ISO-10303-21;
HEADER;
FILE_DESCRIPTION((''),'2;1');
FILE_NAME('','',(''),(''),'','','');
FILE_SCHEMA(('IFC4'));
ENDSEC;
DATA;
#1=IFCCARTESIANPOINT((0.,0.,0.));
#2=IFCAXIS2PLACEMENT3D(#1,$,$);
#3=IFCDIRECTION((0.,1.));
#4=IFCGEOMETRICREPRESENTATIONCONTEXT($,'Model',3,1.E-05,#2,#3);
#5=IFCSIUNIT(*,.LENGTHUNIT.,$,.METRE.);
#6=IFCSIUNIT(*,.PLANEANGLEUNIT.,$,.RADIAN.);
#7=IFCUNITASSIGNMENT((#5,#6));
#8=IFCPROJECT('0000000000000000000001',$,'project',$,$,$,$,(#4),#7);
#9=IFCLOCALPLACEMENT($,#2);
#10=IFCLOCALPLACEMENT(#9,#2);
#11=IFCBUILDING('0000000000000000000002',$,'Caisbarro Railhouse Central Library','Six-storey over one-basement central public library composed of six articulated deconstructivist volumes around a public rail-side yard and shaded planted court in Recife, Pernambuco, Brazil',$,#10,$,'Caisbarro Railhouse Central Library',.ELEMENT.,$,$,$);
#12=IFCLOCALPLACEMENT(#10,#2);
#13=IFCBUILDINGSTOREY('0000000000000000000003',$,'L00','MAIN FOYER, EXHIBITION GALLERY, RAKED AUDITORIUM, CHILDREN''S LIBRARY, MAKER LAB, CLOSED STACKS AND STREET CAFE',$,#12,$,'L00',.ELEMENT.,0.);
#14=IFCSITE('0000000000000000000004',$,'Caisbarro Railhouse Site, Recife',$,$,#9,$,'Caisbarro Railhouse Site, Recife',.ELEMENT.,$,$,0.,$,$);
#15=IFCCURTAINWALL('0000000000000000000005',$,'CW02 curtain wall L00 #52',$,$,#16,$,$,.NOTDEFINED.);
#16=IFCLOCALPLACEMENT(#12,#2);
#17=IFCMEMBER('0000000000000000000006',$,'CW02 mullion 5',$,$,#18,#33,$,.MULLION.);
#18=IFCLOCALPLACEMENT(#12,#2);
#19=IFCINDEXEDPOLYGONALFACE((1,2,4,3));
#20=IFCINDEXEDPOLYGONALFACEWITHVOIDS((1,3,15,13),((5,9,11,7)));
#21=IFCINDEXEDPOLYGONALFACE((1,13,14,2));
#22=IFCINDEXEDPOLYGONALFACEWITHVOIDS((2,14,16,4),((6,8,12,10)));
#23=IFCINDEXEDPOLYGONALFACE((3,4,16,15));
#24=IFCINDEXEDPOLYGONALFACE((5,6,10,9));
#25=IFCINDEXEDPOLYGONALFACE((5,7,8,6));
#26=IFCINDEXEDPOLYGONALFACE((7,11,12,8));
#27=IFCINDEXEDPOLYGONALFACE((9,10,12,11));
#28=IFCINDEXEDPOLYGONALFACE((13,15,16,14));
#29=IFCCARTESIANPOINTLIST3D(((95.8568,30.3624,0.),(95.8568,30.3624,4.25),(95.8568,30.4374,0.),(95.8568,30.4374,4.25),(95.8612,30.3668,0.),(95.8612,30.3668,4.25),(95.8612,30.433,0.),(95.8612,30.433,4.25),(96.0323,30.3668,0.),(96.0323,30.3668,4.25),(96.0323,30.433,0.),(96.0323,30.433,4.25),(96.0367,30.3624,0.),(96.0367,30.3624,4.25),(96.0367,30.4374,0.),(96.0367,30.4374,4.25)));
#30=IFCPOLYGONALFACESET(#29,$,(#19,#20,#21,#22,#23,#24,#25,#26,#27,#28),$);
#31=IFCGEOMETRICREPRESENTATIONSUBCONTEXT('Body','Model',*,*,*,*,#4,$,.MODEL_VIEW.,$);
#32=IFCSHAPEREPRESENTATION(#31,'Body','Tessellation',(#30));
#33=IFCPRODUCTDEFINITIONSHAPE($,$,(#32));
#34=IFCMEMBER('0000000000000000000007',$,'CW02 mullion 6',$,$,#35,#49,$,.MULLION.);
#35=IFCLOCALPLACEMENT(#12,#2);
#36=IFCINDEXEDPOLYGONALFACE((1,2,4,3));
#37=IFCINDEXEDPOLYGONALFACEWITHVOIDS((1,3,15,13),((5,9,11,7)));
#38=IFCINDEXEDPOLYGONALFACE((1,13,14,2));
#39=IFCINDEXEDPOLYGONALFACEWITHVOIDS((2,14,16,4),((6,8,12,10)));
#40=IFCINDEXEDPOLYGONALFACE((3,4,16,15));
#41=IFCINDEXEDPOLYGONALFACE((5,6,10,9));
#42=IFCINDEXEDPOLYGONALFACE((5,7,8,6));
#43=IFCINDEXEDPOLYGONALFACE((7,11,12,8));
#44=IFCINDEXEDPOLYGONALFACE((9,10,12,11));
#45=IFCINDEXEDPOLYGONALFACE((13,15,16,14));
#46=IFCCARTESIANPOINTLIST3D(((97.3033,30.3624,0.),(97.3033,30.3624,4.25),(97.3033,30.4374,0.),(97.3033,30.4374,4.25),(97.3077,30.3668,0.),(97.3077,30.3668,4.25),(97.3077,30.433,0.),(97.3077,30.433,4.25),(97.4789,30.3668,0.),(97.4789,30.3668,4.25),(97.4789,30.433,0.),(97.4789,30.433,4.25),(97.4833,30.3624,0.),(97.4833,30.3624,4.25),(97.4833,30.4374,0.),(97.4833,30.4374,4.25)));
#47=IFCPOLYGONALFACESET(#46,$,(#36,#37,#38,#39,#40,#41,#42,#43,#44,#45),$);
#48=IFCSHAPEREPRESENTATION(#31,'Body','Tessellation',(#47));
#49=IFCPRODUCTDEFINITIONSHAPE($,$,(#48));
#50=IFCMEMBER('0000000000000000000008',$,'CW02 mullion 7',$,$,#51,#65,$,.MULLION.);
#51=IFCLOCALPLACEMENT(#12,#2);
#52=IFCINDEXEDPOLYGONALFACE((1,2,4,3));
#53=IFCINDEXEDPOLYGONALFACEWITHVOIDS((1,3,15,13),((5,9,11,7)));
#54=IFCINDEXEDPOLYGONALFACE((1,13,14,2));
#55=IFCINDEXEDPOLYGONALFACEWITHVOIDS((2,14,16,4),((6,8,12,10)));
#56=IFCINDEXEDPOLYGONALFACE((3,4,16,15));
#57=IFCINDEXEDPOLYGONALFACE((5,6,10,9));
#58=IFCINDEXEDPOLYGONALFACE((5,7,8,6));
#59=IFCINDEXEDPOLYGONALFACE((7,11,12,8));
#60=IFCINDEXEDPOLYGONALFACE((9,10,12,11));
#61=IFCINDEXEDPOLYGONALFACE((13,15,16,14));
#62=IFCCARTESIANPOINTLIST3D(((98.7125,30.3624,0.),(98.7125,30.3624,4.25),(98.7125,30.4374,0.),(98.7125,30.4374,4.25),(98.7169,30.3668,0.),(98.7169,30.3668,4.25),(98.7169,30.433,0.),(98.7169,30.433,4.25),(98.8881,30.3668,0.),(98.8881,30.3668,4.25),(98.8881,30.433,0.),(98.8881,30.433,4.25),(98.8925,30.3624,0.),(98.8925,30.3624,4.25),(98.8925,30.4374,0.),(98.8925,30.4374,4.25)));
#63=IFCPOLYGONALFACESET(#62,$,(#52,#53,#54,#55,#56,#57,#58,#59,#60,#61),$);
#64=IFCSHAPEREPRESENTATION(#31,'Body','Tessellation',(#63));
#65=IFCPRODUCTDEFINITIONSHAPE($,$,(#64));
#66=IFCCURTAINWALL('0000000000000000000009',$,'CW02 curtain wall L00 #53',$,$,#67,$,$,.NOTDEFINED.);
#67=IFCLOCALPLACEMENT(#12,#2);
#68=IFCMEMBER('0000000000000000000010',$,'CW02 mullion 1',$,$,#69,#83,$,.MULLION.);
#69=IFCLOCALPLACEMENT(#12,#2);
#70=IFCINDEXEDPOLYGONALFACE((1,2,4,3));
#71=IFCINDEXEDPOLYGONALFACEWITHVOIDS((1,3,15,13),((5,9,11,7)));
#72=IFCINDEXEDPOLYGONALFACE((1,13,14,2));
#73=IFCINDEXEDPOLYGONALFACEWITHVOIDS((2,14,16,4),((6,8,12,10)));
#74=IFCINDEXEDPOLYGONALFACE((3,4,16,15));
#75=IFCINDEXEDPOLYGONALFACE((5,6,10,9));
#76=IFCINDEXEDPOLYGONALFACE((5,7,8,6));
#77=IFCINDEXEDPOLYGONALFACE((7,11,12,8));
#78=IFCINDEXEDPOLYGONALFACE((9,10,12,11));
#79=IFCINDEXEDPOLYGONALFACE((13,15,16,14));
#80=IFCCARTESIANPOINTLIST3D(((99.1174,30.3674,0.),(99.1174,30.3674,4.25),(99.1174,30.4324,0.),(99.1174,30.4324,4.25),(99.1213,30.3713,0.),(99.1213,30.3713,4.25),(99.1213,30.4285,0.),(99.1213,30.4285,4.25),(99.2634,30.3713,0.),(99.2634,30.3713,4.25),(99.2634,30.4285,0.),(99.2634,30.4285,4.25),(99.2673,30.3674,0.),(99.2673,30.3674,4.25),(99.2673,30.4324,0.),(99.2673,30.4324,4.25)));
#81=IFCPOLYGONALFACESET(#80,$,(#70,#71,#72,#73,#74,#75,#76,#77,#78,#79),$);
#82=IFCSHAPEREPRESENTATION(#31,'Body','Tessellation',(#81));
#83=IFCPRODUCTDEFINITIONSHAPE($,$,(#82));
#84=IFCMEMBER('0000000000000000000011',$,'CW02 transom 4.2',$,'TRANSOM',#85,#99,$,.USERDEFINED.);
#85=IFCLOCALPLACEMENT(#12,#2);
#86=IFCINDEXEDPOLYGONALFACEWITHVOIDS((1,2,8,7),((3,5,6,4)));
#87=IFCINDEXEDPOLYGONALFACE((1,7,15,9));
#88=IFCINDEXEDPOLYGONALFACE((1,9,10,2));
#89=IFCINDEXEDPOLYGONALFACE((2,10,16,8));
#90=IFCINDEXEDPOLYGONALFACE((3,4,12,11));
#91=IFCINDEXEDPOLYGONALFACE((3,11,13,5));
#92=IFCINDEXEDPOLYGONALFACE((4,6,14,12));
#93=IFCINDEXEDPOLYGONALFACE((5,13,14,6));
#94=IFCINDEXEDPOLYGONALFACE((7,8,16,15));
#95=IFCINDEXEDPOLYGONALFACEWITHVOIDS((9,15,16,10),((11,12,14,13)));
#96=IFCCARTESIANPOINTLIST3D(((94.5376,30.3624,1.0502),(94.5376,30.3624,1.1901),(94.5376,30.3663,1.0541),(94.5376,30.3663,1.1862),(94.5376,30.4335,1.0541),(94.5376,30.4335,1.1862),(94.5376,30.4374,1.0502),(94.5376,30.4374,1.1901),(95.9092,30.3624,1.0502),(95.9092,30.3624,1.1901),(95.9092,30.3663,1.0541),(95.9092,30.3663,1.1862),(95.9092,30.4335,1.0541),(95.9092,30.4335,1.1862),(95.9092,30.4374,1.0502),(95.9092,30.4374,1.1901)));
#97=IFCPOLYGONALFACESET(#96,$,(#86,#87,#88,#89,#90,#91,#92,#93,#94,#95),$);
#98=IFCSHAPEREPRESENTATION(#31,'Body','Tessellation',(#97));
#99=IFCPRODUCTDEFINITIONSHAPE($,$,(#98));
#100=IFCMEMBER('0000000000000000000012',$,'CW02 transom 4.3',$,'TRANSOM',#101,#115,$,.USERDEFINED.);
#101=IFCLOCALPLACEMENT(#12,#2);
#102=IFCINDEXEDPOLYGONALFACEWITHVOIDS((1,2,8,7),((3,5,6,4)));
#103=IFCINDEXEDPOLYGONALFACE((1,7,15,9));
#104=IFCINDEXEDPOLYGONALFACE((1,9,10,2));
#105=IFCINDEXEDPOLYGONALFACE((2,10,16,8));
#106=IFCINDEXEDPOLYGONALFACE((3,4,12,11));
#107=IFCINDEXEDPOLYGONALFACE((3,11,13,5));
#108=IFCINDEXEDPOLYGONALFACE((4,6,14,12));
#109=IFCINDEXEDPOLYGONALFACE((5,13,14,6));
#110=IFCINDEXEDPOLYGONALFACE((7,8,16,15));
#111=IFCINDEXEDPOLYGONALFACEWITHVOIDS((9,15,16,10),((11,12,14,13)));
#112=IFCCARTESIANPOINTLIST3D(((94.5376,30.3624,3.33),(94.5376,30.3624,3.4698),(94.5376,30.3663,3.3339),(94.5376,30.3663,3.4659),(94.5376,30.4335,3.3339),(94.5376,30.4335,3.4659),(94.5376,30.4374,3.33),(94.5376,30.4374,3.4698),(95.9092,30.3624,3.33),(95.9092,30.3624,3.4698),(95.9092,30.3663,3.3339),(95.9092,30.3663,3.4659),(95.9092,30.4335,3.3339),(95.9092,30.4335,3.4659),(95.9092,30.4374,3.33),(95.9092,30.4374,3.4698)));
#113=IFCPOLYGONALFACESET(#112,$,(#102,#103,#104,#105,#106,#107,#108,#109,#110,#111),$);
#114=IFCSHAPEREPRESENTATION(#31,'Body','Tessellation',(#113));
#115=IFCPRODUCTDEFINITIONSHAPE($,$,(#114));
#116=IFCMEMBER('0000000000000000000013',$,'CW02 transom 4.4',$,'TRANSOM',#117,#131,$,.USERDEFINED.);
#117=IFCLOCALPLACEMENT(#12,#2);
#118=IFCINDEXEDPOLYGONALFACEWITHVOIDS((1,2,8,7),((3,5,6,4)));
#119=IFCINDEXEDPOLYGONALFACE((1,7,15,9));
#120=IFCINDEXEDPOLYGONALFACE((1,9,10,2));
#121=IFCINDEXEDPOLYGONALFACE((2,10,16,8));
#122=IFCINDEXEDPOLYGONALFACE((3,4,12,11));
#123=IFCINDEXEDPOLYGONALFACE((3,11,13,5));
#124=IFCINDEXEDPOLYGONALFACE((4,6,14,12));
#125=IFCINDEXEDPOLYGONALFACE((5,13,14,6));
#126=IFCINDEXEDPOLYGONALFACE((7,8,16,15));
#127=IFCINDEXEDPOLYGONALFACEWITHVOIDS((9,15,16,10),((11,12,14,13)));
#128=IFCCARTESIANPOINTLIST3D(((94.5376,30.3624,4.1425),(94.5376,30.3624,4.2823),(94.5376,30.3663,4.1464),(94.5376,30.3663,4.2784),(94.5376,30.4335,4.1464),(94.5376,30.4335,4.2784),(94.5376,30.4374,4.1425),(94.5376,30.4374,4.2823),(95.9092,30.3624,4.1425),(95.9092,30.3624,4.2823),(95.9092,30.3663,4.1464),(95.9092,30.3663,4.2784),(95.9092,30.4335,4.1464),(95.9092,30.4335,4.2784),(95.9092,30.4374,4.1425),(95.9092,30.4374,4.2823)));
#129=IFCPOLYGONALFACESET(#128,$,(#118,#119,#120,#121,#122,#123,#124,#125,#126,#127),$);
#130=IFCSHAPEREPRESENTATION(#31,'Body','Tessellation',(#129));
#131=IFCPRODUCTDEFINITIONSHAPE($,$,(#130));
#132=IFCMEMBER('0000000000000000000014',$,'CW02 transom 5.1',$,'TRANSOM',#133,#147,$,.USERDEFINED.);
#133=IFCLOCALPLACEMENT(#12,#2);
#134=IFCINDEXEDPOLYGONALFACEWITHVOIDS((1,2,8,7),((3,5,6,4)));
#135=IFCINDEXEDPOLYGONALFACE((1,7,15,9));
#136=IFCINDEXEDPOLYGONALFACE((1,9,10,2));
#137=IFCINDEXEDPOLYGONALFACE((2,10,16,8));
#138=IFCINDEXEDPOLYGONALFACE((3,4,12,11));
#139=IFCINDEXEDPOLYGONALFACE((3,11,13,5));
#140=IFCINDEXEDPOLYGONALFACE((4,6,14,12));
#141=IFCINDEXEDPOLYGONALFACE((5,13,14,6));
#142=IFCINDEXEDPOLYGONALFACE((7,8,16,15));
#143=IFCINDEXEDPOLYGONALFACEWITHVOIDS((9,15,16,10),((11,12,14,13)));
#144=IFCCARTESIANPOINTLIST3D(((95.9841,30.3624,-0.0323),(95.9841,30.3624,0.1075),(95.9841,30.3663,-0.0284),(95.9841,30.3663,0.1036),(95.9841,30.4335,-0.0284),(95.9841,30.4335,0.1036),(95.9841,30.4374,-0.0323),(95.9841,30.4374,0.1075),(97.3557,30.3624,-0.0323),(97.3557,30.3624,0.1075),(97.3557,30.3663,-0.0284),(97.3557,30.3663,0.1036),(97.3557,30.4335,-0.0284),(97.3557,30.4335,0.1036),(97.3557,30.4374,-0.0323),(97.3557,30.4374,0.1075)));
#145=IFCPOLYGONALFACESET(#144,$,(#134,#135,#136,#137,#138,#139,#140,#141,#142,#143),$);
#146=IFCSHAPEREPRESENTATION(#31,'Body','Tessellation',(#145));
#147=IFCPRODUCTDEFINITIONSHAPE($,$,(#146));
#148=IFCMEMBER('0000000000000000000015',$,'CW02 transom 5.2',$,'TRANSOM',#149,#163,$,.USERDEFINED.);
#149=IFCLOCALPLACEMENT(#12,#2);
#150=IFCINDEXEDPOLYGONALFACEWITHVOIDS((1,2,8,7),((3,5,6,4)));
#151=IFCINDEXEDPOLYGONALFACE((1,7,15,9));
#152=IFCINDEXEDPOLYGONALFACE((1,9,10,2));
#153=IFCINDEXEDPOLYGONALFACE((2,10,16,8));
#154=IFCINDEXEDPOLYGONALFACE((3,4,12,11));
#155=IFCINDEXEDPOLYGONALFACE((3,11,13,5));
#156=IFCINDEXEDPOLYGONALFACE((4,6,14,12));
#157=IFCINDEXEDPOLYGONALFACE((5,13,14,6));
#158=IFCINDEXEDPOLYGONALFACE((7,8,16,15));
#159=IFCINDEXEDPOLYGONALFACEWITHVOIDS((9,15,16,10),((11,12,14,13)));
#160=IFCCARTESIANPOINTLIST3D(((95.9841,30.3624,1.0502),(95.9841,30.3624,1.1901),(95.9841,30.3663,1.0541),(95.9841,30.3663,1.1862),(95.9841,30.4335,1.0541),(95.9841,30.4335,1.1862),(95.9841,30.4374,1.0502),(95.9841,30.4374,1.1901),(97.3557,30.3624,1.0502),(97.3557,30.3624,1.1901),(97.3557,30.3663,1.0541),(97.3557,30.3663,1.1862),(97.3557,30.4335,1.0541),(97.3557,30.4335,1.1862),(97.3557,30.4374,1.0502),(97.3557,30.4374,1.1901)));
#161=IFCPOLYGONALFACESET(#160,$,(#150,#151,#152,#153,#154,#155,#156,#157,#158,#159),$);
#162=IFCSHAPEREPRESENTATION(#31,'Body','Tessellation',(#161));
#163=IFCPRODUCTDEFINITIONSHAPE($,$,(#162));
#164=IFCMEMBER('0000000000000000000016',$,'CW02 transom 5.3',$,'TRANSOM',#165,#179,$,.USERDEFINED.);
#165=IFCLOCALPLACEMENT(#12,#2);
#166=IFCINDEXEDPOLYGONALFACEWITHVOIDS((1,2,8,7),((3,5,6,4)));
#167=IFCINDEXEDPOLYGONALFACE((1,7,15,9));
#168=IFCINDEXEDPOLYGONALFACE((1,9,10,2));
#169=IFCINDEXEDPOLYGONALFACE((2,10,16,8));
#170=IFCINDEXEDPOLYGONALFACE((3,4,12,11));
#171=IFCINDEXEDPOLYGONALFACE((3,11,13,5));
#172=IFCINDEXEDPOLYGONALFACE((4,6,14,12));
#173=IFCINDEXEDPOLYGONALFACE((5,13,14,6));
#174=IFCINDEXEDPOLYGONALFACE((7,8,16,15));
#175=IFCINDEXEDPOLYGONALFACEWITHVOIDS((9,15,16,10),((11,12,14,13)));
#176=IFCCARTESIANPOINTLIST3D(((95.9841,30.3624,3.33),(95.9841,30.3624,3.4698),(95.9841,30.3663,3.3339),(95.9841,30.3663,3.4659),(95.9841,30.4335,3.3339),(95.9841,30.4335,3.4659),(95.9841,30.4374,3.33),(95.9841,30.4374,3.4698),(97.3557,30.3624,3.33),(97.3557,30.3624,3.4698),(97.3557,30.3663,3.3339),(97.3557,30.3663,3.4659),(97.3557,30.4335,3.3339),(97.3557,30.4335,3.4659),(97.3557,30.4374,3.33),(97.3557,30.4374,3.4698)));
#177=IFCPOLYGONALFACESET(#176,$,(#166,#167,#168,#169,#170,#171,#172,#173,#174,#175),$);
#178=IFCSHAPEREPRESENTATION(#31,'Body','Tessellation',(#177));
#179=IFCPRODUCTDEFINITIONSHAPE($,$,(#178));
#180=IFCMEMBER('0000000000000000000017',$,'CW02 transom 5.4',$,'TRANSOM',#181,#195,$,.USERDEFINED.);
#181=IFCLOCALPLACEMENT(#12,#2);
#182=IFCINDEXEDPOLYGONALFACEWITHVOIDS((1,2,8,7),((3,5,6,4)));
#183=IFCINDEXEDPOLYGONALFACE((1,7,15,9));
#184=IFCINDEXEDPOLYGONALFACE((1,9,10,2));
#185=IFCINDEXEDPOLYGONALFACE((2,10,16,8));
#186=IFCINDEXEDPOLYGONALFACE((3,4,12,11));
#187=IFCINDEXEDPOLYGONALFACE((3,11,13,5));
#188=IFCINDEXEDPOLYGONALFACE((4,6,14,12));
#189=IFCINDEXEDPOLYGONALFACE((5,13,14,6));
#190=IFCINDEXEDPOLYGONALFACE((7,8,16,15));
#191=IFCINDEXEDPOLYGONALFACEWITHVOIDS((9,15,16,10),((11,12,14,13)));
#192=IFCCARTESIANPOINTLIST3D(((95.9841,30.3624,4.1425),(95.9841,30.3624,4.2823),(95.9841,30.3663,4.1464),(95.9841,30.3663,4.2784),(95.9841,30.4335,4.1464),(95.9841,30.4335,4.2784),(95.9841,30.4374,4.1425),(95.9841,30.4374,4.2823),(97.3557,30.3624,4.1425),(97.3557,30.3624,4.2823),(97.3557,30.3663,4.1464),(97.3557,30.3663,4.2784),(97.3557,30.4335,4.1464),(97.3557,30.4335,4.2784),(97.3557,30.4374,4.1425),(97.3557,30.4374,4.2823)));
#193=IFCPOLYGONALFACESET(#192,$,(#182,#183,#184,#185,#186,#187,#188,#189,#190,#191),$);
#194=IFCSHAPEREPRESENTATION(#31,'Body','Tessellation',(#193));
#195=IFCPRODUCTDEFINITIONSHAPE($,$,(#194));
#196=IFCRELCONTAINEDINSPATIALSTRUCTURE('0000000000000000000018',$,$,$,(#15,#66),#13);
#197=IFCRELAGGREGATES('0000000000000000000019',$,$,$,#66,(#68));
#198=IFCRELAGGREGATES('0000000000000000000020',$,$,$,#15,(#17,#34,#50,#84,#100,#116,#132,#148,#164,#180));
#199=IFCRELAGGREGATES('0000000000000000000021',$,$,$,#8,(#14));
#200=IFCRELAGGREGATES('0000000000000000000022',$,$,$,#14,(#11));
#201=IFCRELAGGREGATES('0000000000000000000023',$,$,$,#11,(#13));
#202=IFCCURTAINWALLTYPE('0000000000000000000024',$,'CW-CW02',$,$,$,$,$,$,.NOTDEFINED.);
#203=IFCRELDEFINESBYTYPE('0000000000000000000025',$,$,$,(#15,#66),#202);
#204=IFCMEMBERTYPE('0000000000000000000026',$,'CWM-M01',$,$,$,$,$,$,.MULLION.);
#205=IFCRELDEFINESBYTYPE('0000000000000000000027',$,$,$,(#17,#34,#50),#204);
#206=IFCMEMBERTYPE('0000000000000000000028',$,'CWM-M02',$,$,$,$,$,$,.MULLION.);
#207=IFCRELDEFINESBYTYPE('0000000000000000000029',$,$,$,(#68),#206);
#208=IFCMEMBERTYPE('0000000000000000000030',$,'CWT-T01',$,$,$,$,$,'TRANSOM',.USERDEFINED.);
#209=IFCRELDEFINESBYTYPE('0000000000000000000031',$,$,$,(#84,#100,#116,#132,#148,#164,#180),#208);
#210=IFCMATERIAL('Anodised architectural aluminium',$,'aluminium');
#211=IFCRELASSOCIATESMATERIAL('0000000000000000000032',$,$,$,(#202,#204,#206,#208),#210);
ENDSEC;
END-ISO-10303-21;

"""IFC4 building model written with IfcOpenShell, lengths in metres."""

from ifc_helpers import new_model, si_unit, direction, frame, origin, origin_2d, place, context, subcontext, project, spatial, hollow_rectangle, extrude, material, material_profile, profile_set, type_object, element, aggregate, save


model = new_model("IFC4")

# Units and contexts
model_context = context("Model", 3, precision=1e-05, world=origin(), true_north=direction((0.0, 1.0)))
body_context = subcontext(model_context, "Body", "Model", "MODEL_VIEW")
ifc_project = project(units=[si_unit("LENGTHUNIT", "METRE"), si_unit("PLANEANGLEUNIT", "RADIAN")], contexts=[model_context])

# Site, building, storey
site_placement = place(None, origin())
site = spatial("IfcSite", under=ifc_project, at=site_placement, Name="Caisbarro Railhouse Site, Recife", LongName="Caisbarro Railhouse Site, Recife", CompositionType="ELEMENT", RefElevation=0.0)
building_placement = place(site_placement, origin())
building = spatial("IfcBuilding", under=site, at=building_placement, Name="Caisbarro Railhouse Central Library", Description="Six-storey over one-basement central public library composed of six articulated deconstructivist volumes around a public rail-side yard and shaded planted court in Recife, Pernambuco, Brazil", LongName="Caisbarro Railhouse Central Library", CompositionType="ELEMENT")
storey_placement = place(building_placement, origin())
storey = spatial("IfcBuildingStorey", under=building, at=storey_placement, Name="L00", Description="MAIN FOYER, EXHIBITION GALLERY, RAKED AUDITORIUM, CHILDREN'S LIBRARY, MAKER LAB, CLOSED STACKS AND STREET CAFE", LongName="L00", CompositionType="ELEMENT", Elevation=0.0)

# Curtain wall, members
ifc_material_1 = material(Name="Anodised architectural aluminium", Category="aluminium")
curtain_wall_type = type_object("IfcCurtainWallType", Name="CW-CW02", PredefinedType="NOTDEFINED", material=ifc_material_1)
curtain_wall_1_placement = place(storey_placement, origin())
curtain_wall_1 = element("IfcCurtainWall", 1, at=curtain_wall_1_placement, inside=storey, type_object=curtain_wall_type, Name="CW02 curtain wall L00 #52", PredefinedType="NOTDEFINED")
ifc_material_profile_1 = material_profile(ifc_material_1, hollow_rectangle(XDim=0.075, YDim=0.1799, WallThickness=0.0044, at=origin_2d()), Name="ALU-MUL-75X180")
ifc_profile_set_1 = profile_set([ifc_material_profile_1], Name="Anodised architectural aluminium")
member_type_1 = type_object("IfcMemberType", Name="CWM-M01", PredefinedType="MULLION", material=ifc_profile_set_1)
member_1_placement = place(storey_placement, frame((95.9468, 30.3999, 0.0), z_axis=(0.0, 0.0, 1.0), x_axis=(0.0, 1.0, 0.0)))
member_1 = element("IfcMember", 2, at=member_1_placement, type_object=member_type_1, Name="CW02 mullion 5", PredefinedType="MULLION", context=body_context, shape_type="SweptSolid", body=[
    extrude(hollow_rectangle(XDim=0.075, YDim=0.1799, WallThickness=0.0044, at=origin_2d()), origin(), (0.0, 0.0, 1.0), 4.25),
])
member_2_placement = place(storey_placement, frame((97.3933, 30.3999, 0.0), z_axis=(0.0, 0.0, 1.0), x_axis=(0.0, 1.0, 0.0)))
member_2 = element("IfcMember", 3, at=member_2_placement, type_object=member_type_1, Name="CW02 mullion 6", PredefinedType="MULLION", context=body_context, shape_type="SweptSolid", body=[
    extrude(hollow_rectangle(XDim=0.075, YDim=0.1799, WallThickness=0.0044, at=origin_2d()), origin(), (0.0, 0.0, 1.0), 4.25),
])
member_3_placement = place(storey_placement, frame((98.8025, 30.3999, 0.0), z_axis=(0.0, 0.0, 1.0), x_axis=(0.0, 1.0, 0.0)))
member_3 = element("IfcMember", 4, at=member_3_placement, type_object=member_type_1, Name="CW02 mullion 7", PredefinedType="MULLION", context=body_context, shape_type="SweptSolid", body=[
    extrude(hollow_rectangle(XDim=0.075, YDim=0.1799, WallThickness=0.0044, at=origin_2d()), origin(), (0.0, 0.0, 1.0), 4.25),
])

# Curtain wall, member
curtain_wall_2_placement = place(storey_placement, origin())
curtain_wall_2 = element("IfcCurtainWall", 5, at=curtain_wall_2_placement, inside=storey, type_object=curtain_wall_type, Name="CW02 curtain wall L00 #53", PredefinedType="NOTDEFINED")
ifc_material_profile_2 = material_profile(ifc_material_1, hollow_rectangle(XDim=0.0649, YDim=0.1499, WallThickness=0.0039, at=origin_2d()), Name="ALU-MUL-65X150")
ifc_profile_set_2 = profile_set([ifc_material_profile_2], Name="Anodised architectural aluminium")
member_type_2 = type_object("IfcMemberType", Name="CWM-M02", PredefinedType="MULLION", material=ifc_profile_set_2)
member_4_placement = place(storey_placement, frame((99.1924, 30.3999, 0.0), z_axis=(0.0, 0.0, 1.0), x_axis=(0.0, 1.0, 0.0)))
member_4 = element("IfcMember", 6, at=member_4_placement, type_object=member_type_2, Name="CW02 mullion 1", PredefinedType="MULLION", context=body_context, shape_type="SweptSolid", body=[
    extrude(hollow_rectangle(XDim=0.0649, YDim=0.1499, WallThickness=0.0039, at=origin_2d()), origin(), (0.0, 0.0, 1.0), 4.25),
])
aggregate(curtain_wall_2, [member_4])

# Members
ifc_material_profile_3 = material_profile(ifc_material_1, hollow_rectangle(XDim=0.075, YDim=0.1399, WallThickness=0.0039, at=origin_2d()), Name="ALU-TRN-75X140")
ifc_profile_set_3 = profile_set([ifc_material_profile_3], Name="Anodised architectural aluminium")
member_type_3 = type_object("IfcMemberType", Name="CWT-T01", ElementType="TRANSOM", PredefinedType="USERDEFINED", material=ifc_profile_set_3)
member_5_placement = place(storey_placement, frame((94.5376, 30.3999, 1.1201), z_axis=(1.0, 0.0, 0.0), x_axis=(0.0, 1.0, 0.0)))
member_5 = element("IfcMember", 7, at=member_5_placement, type_object=member_type_3, Name="CW02 transom 4.2", ObjectType="TRANSOM", PredefinedType="USERDEFINED", context=body_context, shape_type="SweptSolid", body=[
    extrude(hollow_rectangle(XDim=0.075, YDim=0.1399, WallThickness=0.0039, at=origin_2d()), origin(), (0.0, 0.0, 1.0), 1.3716),
])
member_6_placement = place(storey_placement, frame((94.5376, 30.3999, 3.3999), z_axis=(1.0, 0.0, 0.0), x_axis=(0.0, 1.0, 0.0)))
member_6 = element("IfcMember", 8, at=member_6_placement, type_object=member_type_3, Name="CW02 transom 4.3", ObjectType="TRANSOM", PredefinedType="USERDEFINED", context=body_context, shape_type="SweptSolid", body=[
    extrude(hollow_rectangle(XDim=0.075, YDim=0.1399, WallThickness=0.0039, at=origin_2d()), origin(), (0.0, 0.0, 1.0), 1.3716),
])
member_7_placement = place(storey_placement, frame((94.5376, 30.3999, 4.2124), z_axis=(1.0, 0.0, 0.0), x_axis=(0.0, 1.0, 0.0)))
member_7 = element("IfcMember", 9, at=member_7_placement, type_object=member_type_3, Name="CW02 transom 4.4", ObjectType="TRANSOM", PredefinedType="USERDEFINED", context=body_context, shape_type="SweptSolid", body=[
    extrude(hollow_rectangle(XDim=0.075, YDim=0.1399, WallThickness=0.0039, at=origin_2d()), origin(), (0.0, 0.0, 1.0), 1.3716),
])
member_8_placement = place(storey_placement, frame((95.9841, 30.3999, 0.0376), z_axis=(1.0, 0.0, 0.0), x_axis=(0.0, 1.0, 0.0)))
member_8 = element("IfcMember", 10, at=member_8_placement, type_object=member_type_3, Name="CW02 transom 5.1", ObjectType="TRANSOM", PredefinedType="USERDEFINED", context=body_context, shape_type="SweptSolid", body=[
    extrude(hollow_rectangle(XDim=0.075, YDim=0.1399, WallThickness=0.0039, at=origin_2d()), origin(), (0.0, 0.0, 1.0), 1.3716),
])
member_9_placement = place(storey_placement, frame((95.9841, 30.3999, 1.1201), z_axis=(1.0, 0.0, 0.0), x_axis=(0.0, 1.0, 0.0)))
member_9 = element("IfcMember", 11, at=member_9_placement, type_object=member_type_3, Name="CW02 transom 5.2", ObjectType="TRANSOM", PredefinedType="USERDEFINED", context=body_context, shape_type="SweptSolid", body=[
    extrude(hollow_rectangle(XDim=0.075, YDim=0.1399, WallThickness=0.0039, at=origin_2d()), origin(), (0.0, 0.0, 1.0), 1.3716),
])
member_10_placement = place(storey_placement, frame((95.9841, 30.3999, 3.3999), z_axis=(1.0, 0.0, 0.0), x_axis=(0.0, 1.0, 0.0)))
member_10 = element("IfcMember", 12, at=member_10_placement, type_object=member_type_3, Name="CW02 transom 5.3", ObjectType="TRANSOM", PredefinedType="USERDEFINED", context=body_context, shape_type="SweptSolid", body=[
    extrude(hollow_rectangle(XDim=0.075, YDim=0.1399, WallThickness=0.0039, at=origin_2d()), origin(), (0.0, 0.0, 1.0), 1.3716),
])
member_11_placement = place(storey_placement, frame((95.9841, 30.3999, 4.2124), z_axis=(1.0, 0.0, 0.0), x_axis=(0.0, 1.0, 0.0)))
member_11 = element("IfcMember", 13, at=member_11_placement, type_object=member_type_3, Name="CW02 transom 5.4", ObjectType="TRANSOM", PredefinedType="USERDEFINED", context=body_context, shape_type="SweptSolid", body=[
    extrude(hollow_rectangle(XDim=0.075, YDim=0.1399, WallThickness=0.0039, at=origin_2d()), origin(), (0.0, 0.0, 1.0), 1.3716),
])

aggregate(curtain_wall_1, [member_1, member_2, member_3, member_5, member_6, member_7, member_8, member_9, member_10, member_11])

save(model, "model.ifc")
